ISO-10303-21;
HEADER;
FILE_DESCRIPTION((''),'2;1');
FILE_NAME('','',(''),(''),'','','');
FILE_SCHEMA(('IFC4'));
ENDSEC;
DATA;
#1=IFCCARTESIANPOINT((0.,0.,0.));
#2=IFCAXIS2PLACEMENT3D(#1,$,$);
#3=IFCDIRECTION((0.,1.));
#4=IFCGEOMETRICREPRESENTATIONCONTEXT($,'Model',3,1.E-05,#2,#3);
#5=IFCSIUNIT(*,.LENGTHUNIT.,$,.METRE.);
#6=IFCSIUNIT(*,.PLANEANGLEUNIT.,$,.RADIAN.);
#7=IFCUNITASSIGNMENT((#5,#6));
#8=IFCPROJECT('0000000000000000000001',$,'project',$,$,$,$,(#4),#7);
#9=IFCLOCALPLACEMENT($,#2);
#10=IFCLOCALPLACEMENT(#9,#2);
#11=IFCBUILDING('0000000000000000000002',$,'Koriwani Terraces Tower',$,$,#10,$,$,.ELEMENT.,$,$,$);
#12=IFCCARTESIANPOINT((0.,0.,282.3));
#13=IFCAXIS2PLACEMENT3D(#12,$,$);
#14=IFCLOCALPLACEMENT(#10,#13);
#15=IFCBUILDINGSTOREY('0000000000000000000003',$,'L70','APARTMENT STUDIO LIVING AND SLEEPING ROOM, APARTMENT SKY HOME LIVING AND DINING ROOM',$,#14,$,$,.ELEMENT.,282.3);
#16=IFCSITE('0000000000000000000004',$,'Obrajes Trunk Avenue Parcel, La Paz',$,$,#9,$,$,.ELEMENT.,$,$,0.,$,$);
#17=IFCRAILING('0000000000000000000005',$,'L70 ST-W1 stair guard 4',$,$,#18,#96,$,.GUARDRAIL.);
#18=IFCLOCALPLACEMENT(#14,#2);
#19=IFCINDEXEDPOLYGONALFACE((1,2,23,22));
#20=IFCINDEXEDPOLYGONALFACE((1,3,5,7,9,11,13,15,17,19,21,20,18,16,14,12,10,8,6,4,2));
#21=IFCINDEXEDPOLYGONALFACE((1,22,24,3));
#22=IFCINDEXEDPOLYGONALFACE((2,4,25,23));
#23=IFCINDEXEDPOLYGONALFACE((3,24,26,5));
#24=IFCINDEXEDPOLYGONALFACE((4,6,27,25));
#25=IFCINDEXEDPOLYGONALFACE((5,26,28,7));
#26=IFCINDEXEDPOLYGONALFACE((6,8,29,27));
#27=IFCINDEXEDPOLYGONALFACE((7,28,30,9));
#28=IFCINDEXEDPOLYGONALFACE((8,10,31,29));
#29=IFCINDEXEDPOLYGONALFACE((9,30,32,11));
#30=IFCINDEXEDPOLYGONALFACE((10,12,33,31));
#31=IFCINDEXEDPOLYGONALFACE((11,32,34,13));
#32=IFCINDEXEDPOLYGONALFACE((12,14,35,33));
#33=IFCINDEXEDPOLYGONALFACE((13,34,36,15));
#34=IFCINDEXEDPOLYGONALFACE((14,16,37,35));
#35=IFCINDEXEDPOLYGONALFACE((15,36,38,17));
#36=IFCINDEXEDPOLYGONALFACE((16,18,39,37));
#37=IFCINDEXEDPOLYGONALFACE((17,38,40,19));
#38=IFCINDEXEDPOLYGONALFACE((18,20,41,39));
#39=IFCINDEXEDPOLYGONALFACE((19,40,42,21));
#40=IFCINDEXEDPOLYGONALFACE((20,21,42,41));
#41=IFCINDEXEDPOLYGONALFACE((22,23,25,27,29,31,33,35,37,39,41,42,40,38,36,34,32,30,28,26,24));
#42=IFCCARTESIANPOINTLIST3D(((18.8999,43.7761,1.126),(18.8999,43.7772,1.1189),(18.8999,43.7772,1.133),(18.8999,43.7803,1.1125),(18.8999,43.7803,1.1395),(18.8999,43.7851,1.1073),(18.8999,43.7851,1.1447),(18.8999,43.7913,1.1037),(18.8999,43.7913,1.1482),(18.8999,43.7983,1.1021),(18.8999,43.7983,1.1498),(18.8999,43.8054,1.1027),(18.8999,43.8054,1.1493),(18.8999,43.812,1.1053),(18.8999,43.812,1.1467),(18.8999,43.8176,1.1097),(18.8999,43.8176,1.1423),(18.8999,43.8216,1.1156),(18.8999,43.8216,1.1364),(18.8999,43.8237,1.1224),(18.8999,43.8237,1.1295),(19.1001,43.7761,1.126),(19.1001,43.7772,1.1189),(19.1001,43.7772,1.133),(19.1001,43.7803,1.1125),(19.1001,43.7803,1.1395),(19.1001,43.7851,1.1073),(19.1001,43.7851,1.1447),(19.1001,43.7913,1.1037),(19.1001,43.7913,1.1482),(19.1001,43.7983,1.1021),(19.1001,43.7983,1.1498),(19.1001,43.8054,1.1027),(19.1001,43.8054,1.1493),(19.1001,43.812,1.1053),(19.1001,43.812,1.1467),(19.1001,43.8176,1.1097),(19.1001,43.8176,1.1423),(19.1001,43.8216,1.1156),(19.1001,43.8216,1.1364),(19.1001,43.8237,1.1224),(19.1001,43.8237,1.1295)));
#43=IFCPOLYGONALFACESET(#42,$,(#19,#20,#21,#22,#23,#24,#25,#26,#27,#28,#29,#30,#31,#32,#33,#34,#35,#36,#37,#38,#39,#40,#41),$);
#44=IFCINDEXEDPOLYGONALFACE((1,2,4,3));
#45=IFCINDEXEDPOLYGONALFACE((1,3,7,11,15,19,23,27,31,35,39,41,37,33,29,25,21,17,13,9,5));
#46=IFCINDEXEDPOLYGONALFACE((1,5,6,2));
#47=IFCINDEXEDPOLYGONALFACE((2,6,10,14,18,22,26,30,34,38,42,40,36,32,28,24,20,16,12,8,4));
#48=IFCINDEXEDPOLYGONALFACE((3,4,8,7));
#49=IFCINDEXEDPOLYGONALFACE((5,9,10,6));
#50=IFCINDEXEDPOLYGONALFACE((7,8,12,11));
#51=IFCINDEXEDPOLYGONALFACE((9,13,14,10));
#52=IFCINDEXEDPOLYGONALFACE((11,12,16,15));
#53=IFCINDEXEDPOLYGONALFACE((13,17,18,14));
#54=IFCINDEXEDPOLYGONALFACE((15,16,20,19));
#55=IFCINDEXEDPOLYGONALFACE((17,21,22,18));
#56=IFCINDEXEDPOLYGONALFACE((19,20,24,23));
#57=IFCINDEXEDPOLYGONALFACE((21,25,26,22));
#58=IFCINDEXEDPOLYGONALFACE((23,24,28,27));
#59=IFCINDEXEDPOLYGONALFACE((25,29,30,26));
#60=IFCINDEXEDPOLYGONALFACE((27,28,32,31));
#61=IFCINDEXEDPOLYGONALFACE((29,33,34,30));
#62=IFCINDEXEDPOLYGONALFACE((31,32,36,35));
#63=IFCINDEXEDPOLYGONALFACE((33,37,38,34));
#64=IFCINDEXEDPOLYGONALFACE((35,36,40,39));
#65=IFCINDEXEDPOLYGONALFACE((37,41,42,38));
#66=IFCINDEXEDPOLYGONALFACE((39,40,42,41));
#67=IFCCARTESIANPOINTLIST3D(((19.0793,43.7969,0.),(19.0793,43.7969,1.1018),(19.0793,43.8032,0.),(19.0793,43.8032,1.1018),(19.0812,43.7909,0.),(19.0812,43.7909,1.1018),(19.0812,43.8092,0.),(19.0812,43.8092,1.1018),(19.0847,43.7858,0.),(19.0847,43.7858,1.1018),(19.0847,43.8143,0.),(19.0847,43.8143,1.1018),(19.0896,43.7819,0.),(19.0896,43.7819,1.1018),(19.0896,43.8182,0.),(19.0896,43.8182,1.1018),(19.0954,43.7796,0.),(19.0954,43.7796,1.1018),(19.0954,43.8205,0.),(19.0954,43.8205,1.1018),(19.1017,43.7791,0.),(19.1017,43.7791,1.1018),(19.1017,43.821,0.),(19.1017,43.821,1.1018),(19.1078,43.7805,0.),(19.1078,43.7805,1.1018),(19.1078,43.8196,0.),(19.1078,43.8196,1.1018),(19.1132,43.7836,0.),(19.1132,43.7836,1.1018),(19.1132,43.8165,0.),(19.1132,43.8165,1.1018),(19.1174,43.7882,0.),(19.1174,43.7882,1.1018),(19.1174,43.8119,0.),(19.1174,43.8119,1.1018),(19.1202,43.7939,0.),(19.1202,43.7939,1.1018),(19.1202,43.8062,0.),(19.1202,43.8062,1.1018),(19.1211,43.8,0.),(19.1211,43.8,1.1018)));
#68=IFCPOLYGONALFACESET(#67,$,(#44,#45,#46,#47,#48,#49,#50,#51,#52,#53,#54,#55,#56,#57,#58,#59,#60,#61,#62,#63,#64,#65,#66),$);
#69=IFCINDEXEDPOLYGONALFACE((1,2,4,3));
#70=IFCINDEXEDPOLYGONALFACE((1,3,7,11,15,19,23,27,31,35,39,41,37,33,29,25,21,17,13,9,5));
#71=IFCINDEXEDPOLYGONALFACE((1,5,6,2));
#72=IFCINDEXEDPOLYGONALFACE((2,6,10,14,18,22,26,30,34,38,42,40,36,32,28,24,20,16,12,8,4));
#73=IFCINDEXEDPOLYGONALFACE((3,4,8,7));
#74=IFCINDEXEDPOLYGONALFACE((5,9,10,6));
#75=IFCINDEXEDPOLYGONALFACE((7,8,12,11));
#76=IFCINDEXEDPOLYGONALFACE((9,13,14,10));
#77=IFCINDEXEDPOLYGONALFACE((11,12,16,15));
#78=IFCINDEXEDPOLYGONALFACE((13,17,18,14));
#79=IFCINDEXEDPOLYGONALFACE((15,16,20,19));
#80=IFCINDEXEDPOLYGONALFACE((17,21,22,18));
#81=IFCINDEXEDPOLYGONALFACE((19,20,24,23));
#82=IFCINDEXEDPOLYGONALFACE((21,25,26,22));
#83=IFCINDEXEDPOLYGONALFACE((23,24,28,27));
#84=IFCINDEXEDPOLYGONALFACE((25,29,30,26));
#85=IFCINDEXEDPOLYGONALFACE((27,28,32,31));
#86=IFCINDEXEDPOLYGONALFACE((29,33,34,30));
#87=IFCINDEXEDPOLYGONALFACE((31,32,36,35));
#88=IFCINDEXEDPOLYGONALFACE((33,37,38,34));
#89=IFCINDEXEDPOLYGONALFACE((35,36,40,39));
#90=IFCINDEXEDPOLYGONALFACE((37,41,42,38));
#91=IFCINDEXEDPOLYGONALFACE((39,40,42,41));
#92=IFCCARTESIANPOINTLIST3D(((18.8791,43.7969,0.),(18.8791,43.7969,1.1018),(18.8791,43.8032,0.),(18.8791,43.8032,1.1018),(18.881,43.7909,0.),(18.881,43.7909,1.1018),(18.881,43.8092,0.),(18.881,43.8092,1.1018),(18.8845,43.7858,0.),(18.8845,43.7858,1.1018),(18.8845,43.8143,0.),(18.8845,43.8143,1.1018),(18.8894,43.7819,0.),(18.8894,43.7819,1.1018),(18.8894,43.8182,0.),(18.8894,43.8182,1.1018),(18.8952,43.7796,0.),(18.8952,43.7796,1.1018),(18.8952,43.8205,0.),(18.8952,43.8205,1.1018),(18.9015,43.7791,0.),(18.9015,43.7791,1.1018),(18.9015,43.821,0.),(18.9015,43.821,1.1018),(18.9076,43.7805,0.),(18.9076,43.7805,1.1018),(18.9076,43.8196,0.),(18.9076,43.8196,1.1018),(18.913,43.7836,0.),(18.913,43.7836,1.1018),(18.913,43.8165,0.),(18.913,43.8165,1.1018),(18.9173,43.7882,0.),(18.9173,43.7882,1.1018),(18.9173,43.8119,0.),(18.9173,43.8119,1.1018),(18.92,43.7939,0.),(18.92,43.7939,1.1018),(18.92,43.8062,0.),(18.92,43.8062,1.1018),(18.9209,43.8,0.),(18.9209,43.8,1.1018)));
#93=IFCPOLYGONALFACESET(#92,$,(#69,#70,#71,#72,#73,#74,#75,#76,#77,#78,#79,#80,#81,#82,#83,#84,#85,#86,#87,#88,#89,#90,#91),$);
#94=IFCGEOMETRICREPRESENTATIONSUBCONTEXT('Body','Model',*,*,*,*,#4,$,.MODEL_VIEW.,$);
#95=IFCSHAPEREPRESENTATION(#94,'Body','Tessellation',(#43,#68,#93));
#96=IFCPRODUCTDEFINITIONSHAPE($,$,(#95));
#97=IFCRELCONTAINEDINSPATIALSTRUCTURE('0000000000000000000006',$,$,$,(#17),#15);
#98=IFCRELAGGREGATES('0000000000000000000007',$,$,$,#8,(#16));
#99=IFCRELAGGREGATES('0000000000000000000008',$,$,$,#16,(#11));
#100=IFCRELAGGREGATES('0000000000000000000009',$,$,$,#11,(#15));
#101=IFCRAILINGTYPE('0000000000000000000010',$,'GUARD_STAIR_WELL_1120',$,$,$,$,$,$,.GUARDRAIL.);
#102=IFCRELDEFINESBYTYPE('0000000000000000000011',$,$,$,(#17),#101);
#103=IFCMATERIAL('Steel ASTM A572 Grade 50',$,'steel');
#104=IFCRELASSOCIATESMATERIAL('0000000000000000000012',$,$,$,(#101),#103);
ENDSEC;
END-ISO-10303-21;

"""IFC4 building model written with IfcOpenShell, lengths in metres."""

from ifc_helpers import new_model, si_unit, direction, frame, origin, origin_2d, place, context, subcontext, project, spatial, circle, extrude, material, type_object, element, save


model = new_model("IFC4")

# Units and contexts
model_context = context("Model", 3, precision=1e-05, world=origin(), true_north=direction((0.0, 1.0)))
body_context = subcontext(model_context, "Body", "Model", "MODEL_VIEW")
ifc_project = project(units=[si_unit("LENGTHUNIT", "METRE"), si_unit("PLANEANGLEUNIT", "RADIAN")], contexts=[model_context])

# Site, building, storey
site_placement = place(None, origin())
site = spatial("IfcSite", under=ifc_project, at=site_placement, Name="Obrajes Trunk Avenue Parcel, La Paz", CompositionType="ELEMENT", RefElevation=0.0)
building_placement = place(site_placement, origin())
building = spatial("IfcBuilding", under=site, at=building_placement, Name="Koriwani Terraces Tower", CompositionType="ELEMENT")
storey_placement = place(building_placement, frame((0.0, 0.0, 282.3)))
storey = spatial("IfcBuildingStorey", under=building, at=storey_placement, Name="L70", Description="APARTMENT STUDIO LIVING AND SLEEPING ROOM, APARTMENT SKY HOME LIVING AND DINING ROOM", CompositionType="ELEMENT", Elevation=282.3)

# Shared definitions
ifc_material_1 = material(Name="Steel ASTM A572 Grade 50", Category="steel")

# Railing
railing_type_1 = type_object("IfcRailingType", Name="GUARD_STAIR_WELL_1120", PredefinedType="GUARDRAIL", material=ifc_material_1)
railing_1_placement = place(storey_placement, frame((19.1001, 43.8, 0.0)))
element("IfcRailing", 1, at=railing_1_placement, inside=storey, type_object=railing_type_1, Name="L70 ST-W1 stair guard 4", PredefinedType="GUARDRAIL", context=body_context, shape_type="SweptSolid", body=[
    extrude(circle(Radius=0.0239, at=origin_2d()), frame((0.0, 0.0, 1.126), z_axis=(-1.0, 0.0, 0.0), x_axis=(0.0, -1.0, 0.0)), (0.0, 0.0, 1.0), 0.2002),
    extrude(circle(Radius=0.021, at=origin_2d()), origin(), (0.0, 0.0, 1.0), 1.1018),
    extrude(circle(Radius=0.021, at=origin_2d()), frame((-0.2002, 0.0, 0.0)), (0.0, 0.0, 1.0), 1.1018),
])

save(model, "model.ifc")
